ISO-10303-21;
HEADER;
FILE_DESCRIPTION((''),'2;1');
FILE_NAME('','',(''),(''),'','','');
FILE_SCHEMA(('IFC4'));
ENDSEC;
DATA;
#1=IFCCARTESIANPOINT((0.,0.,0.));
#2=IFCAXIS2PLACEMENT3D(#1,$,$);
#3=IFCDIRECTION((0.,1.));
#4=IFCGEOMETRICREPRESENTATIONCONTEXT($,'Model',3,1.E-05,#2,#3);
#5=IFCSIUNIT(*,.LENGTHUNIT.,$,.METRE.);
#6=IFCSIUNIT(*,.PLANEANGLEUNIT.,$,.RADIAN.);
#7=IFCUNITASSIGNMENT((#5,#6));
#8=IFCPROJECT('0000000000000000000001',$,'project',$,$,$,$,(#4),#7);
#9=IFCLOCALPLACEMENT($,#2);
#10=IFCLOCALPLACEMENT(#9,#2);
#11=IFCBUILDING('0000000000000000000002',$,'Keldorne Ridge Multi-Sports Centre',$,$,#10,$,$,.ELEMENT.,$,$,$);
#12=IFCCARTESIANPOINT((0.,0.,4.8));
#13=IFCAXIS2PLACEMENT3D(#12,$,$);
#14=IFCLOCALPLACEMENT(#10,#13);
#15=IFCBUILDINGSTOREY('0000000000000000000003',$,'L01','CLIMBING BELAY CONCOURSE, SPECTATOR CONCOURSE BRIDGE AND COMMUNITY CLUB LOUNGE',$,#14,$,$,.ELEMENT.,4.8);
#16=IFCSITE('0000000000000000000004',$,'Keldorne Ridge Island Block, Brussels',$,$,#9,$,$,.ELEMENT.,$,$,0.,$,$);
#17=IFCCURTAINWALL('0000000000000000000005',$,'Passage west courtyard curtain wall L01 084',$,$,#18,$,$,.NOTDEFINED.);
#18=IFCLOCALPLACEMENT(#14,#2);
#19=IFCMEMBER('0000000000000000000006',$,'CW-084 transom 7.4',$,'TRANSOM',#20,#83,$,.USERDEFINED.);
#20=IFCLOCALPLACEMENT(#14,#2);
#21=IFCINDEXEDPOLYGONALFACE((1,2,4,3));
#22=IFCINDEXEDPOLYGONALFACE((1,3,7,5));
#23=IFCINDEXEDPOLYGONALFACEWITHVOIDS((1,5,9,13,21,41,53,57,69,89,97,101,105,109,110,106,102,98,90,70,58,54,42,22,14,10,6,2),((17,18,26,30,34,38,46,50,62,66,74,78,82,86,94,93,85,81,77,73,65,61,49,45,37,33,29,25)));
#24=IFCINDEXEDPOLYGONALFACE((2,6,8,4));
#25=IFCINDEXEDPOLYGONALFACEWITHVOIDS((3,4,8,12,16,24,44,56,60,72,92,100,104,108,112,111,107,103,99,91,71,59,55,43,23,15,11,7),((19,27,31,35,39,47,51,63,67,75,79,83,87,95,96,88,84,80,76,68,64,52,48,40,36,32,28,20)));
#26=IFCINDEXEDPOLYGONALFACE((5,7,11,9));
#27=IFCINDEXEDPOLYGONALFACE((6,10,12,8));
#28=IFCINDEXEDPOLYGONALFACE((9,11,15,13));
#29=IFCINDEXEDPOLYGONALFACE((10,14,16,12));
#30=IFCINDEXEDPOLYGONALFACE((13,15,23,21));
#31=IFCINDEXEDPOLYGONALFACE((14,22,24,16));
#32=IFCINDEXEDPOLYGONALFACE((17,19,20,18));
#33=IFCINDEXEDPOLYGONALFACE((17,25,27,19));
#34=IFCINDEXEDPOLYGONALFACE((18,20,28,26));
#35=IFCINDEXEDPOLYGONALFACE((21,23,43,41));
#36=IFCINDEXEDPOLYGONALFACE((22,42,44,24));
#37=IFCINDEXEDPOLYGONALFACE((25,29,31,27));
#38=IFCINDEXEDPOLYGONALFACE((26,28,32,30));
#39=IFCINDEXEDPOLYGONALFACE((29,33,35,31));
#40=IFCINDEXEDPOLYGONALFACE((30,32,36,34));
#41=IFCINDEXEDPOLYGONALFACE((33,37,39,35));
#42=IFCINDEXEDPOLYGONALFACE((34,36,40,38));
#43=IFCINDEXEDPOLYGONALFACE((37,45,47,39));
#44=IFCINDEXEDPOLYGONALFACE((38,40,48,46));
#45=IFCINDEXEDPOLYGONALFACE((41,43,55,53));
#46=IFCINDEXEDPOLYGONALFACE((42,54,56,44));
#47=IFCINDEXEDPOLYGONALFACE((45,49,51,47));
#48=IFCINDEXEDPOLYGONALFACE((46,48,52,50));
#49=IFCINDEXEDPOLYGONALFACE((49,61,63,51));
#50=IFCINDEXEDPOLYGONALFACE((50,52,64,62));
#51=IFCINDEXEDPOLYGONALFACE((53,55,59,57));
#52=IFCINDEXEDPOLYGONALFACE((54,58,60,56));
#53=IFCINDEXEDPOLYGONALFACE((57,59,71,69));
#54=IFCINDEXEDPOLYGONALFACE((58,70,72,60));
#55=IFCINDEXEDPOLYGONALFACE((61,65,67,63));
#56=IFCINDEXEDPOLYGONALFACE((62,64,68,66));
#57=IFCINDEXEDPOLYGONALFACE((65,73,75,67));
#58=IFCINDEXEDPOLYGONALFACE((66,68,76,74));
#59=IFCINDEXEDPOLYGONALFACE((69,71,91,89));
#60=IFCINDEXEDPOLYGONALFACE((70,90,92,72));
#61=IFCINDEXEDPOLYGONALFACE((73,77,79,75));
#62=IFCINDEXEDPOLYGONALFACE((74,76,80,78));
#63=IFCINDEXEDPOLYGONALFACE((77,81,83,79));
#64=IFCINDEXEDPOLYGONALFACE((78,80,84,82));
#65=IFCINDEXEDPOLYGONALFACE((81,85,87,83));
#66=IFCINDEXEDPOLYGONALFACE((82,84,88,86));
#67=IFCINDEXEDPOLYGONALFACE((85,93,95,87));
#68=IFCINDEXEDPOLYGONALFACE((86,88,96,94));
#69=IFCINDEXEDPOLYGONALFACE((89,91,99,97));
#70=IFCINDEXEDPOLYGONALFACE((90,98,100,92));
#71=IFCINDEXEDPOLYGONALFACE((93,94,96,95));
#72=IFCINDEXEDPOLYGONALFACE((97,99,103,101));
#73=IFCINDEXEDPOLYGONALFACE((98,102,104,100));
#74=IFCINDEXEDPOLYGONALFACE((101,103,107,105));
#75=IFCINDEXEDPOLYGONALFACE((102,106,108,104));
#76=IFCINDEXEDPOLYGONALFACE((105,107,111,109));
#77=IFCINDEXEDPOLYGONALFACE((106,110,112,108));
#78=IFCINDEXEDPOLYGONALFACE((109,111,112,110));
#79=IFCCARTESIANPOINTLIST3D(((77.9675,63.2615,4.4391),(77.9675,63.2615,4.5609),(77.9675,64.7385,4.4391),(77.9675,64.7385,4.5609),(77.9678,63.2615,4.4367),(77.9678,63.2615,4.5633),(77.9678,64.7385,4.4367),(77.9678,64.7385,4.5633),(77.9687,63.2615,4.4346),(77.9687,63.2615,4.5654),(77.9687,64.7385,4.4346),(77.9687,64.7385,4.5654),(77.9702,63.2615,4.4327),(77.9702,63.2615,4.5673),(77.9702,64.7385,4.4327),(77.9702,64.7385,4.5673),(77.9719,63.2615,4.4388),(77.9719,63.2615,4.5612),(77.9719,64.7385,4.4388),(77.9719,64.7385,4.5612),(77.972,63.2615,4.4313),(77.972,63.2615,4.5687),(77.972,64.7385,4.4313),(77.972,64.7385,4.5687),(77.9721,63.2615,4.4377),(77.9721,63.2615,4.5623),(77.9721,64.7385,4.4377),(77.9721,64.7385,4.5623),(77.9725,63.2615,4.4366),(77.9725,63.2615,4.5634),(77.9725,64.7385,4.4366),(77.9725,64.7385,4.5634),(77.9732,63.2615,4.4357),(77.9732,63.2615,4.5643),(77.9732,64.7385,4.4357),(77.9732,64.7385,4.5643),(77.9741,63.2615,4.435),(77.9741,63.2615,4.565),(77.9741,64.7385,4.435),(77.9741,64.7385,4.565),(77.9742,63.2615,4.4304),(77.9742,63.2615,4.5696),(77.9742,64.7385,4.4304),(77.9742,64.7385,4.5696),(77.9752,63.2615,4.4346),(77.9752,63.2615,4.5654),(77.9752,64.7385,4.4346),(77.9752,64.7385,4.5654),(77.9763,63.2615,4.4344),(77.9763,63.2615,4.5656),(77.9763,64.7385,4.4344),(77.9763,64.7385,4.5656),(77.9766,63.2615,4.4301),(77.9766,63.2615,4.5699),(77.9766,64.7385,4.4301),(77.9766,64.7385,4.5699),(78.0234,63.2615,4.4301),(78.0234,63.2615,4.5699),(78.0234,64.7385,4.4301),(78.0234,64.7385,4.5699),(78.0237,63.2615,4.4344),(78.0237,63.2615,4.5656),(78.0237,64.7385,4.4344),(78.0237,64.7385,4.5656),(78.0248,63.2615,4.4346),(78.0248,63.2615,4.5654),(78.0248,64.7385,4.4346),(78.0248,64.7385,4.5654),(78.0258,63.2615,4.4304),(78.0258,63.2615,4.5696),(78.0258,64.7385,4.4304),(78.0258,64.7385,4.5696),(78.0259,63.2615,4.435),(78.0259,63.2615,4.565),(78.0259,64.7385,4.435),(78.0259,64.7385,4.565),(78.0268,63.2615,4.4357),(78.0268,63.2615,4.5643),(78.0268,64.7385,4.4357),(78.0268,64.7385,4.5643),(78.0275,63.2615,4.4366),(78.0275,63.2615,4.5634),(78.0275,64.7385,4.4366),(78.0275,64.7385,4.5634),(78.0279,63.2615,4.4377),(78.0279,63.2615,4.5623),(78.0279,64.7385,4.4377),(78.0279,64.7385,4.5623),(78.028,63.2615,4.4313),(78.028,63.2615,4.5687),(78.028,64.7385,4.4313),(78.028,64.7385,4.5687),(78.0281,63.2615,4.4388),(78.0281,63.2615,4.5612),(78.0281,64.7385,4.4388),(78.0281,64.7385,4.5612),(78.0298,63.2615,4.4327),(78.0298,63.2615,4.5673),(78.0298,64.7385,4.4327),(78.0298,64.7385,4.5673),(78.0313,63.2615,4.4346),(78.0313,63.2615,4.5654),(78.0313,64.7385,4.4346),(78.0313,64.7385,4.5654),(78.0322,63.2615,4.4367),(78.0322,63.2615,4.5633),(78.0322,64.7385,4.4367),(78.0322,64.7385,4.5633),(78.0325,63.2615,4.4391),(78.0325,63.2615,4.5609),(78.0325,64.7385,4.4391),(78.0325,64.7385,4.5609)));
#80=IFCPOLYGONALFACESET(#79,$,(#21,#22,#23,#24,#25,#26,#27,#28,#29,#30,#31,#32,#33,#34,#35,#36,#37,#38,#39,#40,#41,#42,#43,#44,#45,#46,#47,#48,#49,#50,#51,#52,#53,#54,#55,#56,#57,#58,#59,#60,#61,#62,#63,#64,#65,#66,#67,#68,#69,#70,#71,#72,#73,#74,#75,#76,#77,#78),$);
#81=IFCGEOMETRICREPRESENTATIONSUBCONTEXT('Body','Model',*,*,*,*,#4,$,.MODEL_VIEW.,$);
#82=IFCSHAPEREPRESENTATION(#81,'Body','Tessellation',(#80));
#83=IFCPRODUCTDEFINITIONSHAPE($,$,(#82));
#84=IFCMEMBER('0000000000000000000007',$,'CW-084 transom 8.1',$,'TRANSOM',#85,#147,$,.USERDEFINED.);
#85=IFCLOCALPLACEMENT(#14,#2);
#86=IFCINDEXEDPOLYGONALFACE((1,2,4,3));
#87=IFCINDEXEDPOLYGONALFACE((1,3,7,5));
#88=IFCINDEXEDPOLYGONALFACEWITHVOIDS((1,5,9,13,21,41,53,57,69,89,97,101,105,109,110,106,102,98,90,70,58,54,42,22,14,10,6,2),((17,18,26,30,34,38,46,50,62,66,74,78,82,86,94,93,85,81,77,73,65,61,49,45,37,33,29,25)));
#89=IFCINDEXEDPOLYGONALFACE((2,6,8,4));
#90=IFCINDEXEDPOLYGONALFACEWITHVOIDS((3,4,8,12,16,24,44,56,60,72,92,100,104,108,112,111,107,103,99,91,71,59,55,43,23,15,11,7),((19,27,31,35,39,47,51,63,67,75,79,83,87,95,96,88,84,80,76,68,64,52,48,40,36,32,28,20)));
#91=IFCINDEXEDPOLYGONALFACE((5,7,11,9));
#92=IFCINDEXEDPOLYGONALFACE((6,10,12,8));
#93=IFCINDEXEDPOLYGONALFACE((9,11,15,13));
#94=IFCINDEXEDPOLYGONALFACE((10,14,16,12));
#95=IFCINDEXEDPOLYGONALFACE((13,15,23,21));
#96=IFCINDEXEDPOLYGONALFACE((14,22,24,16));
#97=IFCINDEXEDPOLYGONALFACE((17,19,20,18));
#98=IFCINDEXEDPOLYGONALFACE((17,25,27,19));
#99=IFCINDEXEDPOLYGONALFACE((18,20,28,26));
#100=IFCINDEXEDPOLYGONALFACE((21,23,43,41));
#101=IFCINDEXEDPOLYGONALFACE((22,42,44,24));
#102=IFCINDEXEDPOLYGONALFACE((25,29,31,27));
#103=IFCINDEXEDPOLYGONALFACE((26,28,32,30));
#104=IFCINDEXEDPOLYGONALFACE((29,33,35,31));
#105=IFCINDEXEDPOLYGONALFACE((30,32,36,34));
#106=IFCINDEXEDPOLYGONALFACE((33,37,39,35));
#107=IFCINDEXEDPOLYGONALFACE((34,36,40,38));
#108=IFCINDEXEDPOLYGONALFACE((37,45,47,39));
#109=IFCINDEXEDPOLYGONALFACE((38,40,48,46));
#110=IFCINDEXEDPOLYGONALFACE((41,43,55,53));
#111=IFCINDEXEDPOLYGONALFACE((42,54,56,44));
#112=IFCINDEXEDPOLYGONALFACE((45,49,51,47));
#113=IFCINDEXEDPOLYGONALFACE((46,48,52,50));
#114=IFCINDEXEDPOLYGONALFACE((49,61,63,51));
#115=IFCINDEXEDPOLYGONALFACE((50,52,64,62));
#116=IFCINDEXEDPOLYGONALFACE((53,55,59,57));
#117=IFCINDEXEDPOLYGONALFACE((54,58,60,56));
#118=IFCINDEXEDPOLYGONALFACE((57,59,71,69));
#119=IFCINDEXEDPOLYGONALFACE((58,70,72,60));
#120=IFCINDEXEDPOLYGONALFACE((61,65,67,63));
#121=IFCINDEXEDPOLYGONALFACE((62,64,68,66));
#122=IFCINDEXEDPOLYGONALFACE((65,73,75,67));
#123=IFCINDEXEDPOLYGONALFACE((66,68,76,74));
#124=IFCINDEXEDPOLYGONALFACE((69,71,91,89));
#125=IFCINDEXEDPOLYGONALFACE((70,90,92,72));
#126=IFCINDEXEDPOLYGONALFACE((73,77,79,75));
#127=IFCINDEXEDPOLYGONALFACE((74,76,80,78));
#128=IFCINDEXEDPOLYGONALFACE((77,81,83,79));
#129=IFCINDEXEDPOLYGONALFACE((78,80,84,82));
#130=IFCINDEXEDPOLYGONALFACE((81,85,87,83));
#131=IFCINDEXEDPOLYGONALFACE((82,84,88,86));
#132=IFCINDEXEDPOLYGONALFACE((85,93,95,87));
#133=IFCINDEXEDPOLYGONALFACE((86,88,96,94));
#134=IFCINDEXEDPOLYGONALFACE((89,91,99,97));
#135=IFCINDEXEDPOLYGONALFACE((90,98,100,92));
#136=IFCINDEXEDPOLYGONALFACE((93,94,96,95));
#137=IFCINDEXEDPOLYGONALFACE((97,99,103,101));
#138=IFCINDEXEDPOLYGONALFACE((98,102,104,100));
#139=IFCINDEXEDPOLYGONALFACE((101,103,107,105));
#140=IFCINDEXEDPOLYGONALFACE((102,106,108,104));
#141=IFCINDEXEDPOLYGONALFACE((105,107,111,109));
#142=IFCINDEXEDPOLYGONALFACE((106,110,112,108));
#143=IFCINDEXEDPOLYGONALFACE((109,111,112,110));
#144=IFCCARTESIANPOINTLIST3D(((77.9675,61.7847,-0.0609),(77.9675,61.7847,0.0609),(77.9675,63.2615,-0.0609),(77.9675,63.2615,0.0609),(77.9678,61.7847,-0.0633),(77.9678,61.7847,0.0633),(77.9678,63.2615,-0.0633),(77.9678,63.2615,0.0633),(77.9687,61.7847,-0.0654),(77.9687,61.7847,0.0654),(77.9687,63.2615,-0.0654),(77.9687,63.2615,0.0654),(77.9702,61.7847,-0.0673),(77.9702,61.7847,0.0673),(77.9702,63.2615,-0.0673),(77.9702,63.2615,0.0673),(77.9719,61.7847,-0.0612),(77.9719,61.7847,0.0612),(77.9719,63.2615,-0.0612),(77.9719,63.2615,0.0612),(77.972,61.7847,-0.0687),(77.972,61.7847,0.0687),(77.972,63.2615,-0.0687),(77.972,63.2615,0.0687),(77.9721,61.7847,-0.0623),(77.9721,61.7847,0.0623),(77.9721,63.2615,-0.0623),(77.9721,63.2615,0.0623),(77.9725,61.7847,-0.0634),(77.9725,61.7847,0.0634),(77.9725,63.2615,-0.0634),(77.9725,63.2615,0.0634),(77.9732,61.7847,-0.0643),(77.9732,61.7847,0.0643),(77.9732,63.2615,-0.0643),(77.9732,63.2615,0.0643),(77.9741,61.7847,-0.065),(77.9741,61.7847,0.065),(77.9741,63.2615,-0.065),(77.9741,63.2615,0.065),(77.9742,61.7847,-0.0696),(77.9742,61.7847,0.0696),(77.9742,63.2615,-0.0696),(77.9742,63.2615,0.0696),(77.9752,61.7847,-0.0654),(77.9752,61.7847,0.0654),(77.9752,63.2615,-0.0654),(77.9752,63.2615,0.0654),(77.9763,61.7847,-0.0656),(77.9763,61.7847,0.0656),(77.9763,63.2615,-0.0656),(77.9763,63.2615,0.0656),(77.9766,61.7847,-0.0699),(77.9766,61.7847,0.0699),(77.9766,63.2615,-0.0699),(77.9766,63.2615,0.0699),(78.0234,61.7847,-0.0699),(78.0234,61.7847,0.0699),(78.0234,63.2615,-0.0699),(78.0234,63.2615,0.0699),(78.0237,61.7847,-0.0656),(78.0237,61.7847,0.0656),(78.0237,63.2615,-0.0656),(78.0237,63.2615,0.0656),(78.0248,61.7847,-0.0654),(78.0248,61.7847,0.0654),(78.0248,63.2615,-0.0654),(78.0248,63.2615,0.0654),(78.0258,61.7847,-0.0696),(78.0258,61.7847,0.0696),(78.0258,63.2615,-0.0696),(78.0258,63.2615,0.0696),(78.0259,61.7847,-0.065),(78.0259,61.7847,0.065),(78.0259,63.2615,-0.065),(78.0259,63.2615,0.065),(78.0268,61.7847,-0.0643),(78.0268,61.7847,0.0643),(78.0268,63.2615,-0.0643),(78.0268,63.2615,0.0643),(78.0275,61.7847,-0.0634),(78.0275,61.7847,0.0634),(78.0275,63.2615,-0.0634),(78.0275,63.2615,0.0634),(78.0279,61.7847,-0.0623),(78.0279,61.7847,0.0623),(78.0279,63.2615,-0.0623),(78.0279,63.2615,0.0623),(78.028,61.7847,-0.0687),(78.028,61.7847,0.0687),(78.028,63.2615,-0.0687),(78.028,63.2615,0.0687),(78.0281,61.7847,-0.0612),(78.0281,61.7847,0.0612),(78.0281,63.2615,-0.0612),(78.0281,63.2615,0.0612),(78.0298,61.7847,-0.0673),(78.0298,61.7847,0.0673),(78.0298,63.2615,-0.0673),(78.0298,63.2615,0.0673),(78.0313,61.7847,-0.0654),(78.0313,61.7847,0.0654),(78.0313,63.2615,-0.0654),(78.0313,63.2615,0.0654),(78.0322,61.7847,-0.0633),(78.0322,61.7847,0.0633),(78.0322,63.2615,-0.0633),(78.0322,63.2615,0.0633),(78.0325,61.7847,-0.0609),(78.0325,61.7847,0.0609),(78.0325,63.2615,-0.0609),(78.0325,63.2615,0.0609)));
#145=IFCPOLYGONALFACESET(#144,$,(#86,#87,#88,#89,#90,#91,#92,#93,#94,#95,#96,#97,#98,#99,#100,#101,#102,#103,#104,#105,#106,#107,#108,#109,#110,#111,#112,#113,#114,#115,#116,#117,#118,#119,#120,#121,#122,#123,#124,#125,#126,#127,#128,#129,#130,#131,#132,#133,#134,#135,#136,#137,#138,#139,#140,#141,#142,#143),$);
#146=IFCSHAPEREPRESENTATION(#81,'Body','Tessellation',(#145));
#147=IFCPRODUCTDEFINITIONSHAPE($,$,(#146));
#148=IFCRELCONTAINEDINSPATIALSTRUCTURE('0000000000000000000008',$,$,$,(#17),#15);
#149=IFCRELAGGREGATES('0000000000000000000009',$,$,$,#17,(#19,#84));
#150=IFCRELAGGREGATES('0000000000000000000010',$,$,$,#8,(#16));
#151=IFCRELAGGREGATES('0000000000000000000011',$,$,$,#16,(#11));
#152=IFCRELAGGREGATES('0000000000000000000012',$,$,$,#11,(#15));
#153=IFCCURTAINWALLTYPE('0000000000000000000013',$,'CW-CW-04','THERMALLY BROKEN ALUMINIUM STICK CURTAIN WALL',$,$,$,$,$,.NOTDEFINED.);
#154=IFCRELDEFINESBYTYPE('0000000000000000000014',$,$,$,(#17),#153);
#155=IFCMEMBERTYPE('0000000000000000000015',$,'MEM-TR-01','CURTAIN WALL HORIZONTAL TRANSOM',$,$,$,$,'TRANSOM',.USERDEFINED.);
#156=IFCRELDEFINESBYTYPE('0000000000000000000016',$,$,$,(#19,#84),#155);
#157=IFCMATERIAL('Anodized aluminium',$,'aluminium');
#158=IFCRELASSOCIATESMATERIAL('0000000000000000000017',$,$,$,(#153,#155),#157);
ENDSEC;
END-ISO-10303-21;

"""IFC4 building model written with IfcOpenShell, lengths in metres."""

from ifc_helpers import new_model, si_unit, direction, frame, origin, origin_2d, place, context, subcontext, project, spatial, hollow_rectangle, extrude, material, material_profile, profile_set, type_object, element, aggregate, save


model = new_model("IFC4")

# Units and contexts
model_context = context("Model", 3, precision=1e-05, world=origin(), true_north=direction((0.0, 1.0)))
body_context = subcontext(model_context, "Body", "Model", "MODEL_VIEW")
ifc_project = project(units=[si_unit("LENGTHUNIT", "METRE"), si_unit("PLANEANGLEUNIT", "RADIAN")], contexts=[model_context])

# Site, building, storey
site_placement = place(None, origin())
site = spatial("IfcSite", under=ifc_project, at=site_placement, Name="Keldorne Ridge Island Block, Brussels", CompositionType="ELEMENT", RefElevation=0.0)
building_placement = place(site_placement, origin())
building = spatial("IfcBuilding", under=site, at=building_placement, Name="Keldorne Ridge Multi-Sports Centre", CompositionType="ELEMENT")
storey_placement = place(building_placement, frame((0.0, 0.0, 4.8)))
storey = spatial("IfcBuildingStorey", under=building, at=storey_placement, Name="L01", Description="CLIMBING BELAY CONCOURSE, SPECTATOR CONCOURSE BRIDGE AND COMMUNITY CLUB LOUNGE", CompositionType="ELEMENT", Elevation=4.8)

# Curtain wall, members
ifc_material_1 = material(Name="Anodized aluminium", Category="aluminium")
curtain_wall_type = type_object("IfcCurtainWallType", Name="CW-CW-04", Description="THERMALLY BROKEN ALUMINIUM STICK CURTAIN WALL", PredefinedType="NOTDEFINED", material=ifc_material_1)
curtain_wall_placement = place(storey_placement, origin())
curtain_wall = element("IfcCurtainWall", 1, at=curtain_wall_placement, inside=storey, type_object=curtain_wall_type, Name="Passage west courtyard curtain wall L01 084", PredefinedType="NOTDEFINED")
ifc_material_profile_1 = material_profile(ifc_material_1, hollow_rectangle(XDim=0.0649, YDim=0.1399, WallThickness=0.0044, InnerFilletRadius=0.0044, OuterFilletRadius=0.009, at=origin_2d()), Name="ALU TRANSOM 140x65x4.5")
ifc_profile_set_1 = profile_set([ifc_material_profile_1], Name="Anodized aluminium")
member_type_1 = type_object("IfcMemberType", Name="MEM-TR-01", Description="CURTAIN WALL HORIZONTAL TRANSOM", ElementType="TRANSOM", PredefinedType="USERDEFINED", material=ifc_profile_set_1)
member_1_placement = place(storey_placement, frame((78.0, 64.7385, 4.5), z_axis=(0.0, -1.0, 0.0), x_axis=(1.0, 0.0, 0.0)))
member_1 = element("IfcMember", 2, at=member_1_placement, type_object=member_type_1, Name="CW-084 transom 7.4", ObjectType="TRANSOM", PredefinedType="USERDEFINED", context=body_context, shape_type="SweptSolid", body=[
    extrude(hollow_rectangle(XDim=0.0649, YDim=0.1399, WallThickness=0.0044, InnerFilletRadius=0.0044, OuterFilletRadius=0.009, at=origin_2d()), origin(), (0.0, 0.0, 1.0), 1.4771),
])
member_2_placement = place(storey_placement, frame((78.0, 63.2615, 0.0), z_axis=(0.0, -1.0, 0.0), x_axis=(1.0, 0.0, 0.0)))
member_2 = element("IfcMember", 3, at=member_2_placement, type_object=member_type_1, Name="CW-084 transom 8.1", ObjectType="TRANSOM", PredefinedType="USERDEFINED", context=body_context, shape_type="SweptSolid", body=[
    extrude(hollow_rectangle(XDim=0.0649, YDim=0.1399, WallThickness=0.0044, InnerFilletRadius=0.0044, OuterFilletRadius=0.009, at=origin_2d()), origin(), (0.0, 0.0, 1.0), 1.4768),
])
aggregate(curtain_wall, [member_1, member_2])

save(model, "model.ifc")
